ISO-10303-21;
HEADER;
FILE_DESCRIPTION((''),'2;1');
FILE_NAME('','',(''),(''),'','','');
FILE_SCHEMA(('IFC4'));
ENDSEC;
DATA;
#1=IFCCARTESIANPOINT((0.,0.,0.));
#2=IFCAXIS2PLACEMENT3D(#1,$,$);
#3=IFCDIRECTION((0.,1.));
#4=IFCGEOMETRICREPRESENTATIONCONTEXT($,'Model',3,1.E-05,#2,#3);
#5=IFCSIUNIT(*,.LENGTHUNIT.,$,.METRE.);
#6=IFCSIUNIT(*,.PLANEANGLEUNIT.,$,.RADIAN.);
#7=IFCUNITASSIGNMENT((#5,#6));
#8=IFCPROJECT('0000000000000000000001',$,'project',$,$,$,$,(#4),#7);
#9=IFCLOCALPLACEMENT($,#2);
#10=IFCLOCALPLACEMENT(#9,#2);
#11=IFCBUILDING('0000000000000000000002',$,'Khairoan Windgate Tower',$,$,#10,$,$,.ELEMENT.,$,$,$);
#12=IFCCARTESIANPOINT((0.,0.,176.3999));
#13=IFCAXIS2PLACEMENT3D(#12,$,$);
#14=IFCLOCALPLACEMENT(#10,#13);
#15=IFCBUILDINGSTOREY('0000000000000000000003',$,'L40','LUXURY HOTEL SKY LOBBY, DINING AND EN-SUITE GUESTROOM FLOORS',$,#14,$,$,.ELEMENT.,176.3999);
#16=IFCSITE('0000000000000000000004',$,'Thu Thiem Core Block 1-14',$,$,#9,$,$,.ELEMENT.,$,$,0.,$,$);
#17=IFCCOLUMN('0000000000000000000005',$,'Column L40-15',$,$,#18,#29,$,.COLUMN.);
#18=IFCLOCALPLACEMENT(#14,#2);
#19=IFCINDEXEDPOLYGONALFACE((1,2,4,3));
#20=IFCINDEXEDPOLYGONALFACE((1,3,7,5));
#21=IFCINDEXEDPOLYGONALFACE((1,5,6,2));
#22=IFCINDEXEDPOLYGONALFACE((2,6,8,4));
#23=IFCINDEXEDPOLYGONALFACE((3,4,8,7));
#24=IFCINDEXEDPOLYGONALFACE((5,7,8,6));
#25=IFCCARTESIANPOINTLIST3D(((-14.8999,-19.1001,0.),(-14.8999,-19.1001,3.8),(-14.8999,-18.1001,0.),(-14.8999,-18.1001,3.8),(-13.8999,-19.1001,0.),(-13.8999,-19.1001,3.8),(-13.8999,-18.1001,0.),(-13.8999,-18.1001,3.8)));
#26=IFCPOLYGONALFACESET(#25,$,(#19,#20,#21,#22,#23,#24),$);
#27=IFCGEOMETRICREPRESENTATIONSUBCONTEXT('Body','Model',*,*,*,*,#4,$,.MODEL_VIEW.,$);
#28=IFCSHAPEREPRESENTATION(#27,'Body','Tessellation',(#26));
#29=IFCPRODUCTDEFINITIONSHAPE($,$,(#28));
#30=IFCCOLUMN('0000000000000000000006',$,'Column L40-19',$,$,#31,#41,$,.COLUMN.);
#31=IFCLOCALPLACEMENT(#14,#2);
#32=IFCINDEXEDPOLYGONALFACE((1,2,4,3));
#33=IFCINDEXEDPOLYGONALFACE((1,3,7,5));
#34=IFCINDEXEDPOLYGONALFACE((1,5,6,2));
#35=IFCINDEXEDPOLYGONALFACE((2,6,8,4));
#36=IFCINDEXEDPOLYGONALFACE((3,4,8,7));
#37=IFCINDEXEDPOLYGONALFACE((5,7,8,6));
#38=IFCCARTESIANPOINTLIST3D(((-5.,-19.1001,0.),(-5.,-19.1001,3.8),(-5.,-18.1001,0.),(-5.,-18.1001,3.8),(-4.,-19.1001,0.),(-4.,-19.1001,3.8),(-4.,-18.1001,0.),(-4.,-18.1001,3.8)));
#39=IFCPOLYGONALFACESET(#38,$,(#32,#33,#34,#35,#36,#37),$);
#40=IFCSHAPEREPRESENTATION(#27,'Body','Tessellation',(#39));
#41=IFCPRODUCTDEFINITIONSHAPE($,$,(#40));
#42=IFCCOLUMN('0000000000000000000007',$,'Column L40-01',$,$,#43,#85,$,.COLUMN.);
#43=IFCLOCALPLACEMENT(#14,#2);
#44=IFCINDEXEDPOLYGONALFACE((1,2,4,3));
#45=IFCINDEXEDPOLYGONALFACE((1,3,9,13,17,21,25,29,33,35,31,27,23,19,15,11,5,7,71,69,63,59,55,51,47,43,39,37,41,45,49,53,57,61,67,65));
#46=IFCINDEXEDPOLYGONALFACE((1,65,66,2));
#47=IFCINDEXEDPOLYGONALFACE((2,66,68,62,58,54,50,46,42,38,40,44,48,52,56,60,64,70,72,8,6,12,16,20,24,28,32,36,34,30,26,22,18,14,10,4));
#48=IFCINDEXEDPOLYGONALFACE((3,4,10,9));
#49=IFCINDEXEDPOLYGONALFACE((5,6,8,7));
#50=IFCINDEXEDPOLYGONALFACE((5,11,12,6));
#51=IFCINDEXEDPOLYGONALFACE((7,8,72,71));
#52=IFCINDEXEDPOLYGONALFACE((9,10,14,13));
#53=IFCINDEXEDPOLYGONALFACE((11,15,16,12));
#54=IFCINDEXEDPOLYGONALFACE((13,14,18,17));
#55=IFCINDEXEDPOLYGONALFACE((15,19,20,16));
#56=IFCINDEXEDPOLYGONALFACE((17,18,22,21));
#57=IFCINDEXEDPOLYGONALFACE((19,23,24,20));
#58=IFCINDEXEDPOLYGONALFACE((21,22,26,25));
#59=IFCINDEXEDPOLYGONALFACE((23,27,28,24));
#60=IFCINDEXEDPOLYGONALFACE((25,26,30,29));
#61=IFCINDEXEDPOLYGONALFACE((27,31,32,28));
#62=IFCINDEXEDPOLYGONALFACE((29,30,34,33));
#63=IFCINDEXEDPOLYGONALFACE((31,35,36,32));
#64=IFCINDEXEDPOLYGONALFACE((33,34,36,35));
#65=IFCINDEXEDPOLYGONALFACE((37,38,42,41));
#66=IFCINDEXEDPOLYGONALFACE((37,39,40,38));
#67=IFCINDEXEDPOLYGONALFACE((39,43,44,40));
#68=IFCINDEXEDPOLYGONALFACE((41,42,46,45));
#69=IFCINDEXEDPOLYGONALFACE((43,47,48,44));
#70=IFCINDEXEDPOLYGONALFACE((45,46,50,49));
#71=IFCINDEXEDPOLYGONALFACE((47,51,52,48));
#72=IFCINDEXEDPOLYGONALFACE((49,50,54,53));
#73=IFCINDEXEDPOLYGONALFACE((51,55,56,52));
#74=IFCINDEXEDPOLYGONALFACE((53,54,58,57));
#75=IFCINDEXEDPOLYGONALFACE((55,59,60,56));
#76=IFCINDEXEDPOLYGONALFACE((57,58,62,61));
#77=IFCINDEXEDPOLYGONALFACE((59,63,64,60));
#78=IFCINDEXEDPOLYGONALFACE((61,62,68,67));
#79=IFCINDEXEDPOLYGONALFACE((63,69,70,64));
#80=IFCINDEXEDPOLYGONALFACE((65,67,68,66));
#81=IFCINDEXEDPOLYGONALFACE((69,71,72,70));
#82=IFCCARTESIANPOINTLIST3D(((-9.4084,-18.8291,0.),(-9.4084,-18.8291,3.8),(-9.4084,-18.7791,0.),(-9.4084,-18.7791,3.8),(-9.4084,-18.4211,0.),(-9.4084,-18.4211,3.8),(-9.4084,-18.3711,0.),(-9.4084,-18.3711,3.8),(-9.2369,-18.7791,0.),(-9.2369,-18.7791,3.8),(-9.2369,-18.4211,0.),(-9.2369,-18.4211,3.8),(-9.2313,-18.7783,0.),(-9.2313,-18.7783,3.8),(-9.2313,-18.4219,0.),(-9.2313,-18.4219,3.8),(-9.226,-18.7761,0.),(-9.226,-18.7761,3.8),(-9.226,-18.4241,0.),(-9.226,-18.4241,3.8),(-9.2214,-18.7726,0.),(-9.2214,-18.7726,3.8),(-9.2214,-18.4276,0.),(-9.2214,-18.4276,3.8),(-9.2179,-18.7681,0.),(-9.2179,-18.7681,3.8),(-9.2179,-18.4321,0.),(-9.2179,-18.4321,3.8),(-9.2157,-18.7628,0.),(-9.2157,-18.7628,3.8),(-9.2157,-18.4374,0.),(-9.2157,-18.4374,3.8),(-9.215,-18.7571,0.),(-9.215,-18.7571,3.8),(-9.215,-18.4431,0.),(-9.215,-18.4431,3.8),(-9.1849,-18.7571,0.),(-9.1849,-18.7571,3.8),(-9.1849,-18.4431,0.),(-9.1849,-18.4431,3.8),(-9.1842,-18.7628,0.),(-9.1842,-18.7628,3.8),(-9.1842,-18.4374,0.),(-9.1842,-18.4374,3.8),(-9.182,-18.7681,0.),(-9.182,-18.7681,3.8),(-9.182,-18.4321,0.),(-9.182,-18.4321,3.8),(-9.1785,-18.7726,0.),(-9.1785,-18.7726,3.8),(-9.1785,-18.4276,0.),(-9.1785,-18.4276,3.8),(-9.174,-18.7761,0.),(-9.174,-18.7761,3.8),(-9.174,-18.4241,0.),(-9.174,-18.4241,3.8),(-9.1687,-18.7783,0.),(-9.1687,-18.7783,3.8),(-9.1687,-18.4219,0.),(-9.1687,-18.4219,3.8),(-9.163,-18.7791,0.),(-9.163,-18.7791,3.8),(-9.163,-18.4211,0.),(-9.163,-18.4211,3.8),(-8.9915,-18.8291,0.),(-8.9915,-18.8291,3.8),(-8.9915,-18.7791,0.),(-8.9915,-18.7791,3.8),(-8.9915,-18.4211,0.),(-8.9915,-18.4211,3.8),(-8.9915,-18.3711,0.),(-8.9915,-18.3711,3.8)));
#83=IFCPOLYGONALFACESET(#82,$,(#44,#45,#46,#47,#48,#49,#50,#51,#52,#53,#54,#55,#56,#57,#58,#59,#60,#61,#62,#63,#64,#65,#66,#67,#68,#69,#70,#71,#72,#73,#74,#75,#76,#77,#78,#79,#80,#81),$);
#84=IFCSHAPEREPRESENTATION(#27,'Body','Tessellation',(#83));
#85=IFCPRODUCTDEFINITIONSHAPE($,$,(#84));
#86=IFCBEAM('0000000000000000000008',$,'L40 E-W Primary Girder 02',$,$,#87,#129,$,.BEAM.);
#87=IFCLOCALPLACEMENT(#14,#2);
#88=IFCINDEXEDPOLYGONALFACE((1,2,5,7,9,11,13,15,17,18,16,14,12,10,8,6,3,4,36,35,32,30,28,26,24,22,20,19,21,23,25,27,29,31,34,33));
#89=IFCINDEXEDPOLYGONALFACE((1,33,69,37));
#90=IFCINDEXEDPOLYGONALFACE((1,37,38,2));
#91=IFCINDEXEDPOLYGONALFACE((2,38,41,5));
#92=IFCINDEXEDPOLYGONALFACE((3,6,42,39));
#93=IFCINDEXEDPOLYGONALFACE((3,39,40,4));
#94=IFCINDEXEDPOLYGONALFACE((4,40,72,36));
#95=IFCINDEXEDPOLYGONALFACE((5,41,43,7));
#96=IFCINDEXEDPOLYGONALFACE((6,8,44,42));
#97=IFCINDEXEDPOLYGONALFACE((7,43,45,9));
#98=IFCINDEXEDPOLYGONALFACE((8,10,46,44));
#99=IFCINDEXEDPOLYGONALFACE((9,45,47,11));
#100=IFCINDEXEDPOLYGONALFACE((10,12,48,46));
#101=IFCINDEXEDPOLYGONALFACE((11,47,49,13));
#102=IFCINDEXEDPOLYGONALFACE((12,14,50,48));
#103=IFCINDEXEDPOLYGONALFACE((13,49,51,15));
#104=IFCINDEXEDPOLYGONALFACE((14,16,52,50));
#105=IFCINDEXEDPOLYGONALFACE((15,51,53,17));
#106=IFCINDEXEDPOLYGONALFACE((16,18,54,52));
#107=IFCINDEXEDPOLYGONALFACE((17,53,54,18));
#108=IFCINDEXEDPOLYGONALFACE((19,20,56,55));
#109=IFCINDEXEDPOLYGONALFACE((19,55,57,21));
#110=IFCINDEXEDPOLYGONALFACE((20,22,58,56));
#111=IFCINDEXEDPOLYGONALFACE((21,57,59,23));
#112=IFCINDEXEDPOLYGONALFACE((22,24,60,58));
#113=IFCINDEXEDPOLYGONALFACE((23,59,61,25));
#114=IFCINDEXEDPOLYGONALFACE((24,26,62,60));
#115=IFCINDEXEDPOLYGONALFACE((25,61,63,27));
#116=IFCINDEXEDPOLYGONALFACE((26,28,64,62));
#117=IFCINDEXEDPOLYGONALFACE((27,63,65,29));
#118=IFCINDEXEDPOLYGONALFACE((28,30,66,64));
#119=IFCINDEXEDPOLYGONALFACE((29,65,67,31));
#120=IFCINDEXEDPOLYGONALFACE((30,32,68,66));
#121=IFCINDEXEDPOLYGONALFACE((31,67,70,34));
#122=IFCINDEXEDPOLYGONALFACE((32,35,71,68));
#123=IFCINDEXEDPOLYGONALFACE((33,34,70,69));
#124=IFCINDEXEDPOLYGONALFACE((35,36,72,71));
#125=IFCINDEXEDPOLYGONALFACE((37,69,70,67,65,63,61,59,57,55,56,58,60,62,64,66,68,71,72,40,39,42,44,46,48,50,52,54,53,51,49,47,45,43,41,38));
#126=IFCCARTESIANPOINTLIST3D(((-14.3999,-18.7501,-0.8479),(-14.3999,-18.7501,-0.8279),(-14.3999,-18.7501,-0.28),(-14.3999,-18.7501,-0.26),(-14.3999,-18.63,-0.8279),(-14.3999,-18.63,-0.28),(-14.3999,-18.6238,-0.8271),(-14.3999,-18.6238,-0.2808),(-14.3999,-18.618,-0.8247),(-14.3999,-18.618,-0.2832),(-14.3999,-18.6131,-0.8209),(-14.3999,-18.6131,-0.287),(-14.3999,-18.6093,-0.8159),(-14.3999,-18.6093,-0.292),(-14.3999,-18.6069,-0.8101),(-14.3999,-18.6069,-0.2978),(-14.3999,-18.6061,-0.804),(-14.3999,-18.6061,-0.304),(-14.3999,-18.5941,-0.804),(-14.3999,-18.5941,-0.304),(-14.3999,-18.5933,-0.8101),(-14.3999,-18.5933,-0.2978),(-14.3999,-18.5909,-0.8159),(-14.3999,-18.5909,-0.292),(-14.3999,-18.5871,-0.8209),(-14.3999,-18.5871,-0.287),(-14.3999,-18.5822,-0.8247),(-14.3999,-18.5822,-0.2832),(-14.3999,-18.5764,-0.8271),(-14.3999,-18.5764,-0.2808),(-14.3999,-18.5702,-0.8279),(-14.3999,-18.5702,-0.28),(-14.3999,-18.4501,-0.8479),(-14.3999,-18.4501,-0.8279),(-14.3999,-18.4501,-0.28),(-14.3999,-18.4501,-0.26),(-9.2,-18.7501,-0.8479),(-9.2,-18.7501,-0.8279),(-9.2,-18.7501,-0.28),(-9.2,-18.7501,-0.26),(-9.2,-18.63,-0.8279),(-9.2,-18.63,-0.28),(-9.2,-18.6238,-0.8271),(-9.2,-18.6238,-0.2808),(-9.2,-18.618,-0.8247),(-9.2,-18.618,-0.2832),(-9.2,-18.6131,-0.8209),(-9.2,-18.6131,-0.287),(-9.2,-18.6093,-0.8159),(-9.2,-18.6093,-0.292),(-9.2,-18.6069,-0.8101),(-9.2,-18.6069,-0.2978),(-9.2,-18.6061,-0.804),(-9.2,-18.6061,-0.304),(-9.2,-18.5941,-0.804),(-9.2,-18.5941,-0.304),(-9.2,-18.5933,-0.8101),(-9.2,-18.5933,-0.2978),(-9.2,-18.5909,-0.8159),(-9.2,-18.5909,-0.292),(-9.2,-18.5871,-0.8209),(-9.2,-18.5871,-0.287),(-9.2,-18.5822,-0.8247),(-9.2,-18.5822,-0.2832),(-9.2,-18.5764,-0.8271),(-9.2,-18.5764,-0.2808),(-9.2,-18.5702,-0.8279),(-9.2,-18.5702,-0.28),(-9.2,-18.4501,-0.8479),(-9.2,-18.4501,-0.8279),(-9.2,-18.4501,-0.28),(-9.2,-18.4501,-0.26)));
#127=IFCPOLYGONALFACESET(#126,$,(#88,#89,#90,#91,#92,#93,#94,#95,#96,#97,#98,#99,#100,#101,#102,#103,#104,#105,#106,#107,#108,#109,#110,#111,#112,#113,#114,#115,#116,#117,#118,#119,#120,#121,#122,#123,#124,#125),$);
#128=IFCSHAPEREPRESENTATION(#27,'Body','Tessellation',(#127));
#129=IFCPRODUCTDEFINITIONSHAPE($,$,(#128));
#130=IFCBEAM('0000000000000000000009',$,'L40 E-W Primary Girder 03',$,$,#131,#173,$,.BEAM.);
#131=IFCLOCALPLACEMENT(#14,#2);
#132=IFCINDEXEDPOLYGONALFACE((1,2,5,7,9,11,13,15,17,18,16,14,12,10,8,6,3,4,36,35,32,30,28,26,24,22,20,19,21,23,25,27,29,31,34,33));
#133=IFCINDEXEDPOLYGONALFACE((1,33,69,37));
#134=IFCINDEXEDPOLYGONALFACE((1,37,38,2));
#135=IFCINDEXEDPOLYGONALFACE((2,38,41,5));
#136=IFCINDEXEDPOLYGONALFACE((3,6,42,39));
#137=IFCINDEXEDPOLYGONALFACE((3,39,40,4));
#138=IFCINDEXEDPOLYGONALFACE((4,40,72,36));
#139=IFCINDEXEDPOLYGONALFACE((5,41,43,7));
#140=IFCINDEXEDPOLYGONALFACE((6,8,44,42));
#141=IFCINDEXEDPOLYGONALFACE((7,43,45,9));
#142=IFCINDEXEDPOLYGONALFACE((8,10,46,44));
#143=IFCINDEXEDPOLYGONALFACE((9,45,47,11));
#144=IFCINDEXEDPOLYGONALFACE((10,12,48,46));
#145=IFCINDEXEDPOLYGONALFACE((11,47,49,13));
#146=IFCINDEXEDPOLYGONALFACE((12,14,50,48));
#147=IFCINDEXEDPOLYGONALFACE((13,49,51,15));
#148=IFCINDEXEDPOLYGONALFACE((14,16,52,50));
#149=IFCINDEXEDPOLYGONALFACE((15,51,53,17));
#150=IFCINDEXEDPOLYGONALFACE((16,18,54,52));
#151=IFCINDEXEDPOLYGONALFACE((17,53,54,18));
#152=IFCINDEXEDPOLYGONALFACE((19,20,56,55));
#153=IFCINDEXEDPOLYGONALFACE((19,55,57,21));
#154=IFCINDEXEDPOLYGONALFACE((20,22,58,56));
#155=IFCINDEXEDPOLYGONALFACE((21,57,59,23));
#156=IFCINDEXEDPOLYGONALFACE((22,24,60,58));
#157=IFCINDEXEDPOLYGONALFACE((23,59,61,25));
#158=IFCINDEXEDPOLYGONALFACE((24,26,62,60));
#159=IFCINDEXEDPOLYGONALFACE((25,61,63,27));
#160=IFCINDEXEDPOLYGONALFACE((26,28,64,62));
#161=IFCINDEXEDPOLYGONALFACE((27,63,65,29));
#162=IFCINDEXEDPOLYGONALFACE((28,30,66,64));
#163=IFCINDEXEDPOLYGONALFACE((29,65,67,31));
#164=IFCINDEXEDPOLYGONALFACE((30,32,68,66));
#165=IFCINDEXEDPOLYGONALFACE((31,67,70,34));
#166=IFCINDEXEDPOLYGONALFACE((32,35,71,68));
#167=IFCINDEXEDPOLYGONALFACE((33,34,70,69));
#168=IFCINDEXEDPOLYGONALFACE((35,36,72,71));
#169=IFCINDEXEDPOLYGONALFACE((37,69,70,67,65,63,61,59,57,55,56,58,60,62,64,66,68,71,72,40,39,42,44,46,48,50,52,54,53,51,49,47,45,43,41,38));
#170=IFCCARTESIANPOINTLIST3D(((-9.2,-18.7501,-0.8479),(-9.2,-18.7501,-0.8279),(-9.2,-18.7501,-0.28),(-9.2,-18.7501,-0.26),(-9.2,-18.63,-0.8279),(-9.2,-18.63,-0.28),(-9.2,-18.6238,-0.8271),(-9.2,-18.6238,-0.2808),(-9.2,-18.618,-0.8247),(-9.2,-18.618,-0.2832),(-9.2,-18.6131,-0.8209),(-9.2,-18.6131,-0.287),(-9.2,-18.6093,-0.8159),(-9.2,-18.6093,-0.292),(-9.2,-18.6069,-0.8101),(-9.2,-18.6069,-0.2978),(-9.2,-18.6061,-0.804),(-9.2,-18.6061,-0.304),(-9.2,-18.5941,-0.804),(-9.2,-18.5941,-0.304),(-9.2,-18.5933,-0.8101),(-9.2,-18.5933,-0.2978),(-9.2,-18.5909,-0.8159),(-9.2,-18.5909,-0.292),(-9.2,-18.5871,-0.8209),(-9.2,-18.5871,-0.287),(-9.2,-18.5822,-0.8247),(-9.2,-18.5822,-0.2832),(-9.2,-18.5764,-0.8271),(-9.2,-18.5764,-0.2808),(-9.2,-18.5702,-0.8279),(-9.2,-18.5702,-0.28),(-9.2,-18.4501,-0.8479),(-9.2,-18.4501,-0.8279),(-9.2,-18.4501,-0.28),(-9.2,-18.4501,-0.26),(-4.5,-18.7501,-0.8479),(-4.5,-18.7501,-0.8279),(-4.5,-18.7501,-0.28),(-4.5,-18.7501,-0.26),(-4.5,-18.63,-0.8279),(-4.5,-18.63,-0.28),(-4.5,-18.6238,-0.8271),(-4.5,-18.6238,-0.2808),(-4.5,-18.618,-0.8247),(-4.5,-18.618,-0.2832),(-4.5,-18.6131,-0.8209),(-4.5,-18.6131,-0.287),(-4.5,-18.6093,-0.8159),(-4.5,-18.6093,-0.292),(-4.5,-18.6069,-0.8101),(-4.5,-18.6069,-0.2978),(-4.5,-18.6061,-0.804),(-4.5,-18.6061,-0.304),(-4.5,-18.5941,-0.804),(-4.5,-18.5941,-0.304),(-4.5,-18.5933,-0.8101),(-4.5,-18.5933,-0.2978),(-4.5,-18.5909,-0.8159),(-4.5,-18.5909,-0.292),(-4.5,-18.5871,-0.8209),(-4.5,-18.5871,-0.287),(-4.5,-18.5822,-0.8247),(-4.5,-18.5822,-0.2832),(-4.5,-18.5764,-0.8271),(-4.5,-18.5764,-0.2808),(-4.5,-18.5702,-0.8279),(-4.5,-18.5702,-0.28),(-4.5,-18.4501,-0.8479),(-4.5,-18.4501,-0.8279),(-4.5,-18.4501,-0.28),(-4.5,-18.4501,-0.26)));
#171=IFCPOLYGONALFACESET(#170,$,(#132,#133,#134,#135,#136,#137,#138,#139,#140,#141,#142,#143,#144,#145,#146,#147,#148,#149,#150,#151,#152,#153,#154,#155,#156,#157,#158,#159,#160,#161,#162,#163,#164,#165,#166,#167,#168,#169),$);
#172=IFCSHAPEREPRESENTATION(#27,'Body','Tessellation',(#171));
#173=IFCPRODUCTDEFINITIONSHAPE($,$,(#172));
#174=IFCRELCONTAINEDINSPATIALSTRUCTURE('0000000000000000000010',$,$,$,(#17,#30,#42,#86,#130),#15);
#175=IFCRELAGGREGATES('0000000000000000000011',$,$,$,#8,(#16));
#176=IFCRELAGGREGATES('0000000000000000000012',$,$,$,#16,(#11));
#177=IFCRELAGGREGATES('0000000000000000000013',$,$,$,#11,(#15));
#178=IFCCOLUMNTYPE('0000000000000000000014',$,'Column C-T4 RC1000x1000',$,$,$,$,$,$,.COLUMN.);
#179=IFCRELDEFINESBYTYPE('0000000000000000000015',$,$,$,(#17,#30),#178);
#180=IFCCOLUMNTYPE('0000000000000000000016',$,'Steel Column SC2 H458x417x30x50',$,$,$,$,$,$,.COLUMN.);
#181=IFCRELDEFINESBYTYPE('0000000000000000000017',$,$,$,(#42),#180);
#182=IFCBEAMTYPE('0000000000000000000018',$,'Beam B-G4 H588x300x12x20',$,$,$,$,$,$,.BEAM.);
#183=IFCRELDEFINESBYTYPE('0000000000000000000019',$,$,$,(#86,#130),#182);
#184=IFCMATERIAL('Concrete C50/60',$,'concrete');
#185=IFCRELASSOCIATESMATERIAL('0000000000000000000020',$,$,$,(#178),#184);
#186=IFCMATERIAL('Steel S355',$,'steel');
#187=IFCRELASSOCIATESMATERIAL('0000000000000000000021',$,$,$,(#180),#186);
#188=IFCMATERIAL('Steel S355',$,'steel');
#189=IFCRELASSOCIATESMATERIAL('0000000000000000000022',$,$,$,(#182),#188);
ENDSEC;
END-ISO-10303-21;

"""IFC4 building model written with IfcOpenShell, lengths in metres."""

from ifc_helpers import new_model, si_unit, direction, frame, origin, origin_2d, place, context, subcontext, project, spatial, rectangle, i_section, extrude, material, material_profile, profile_set, type_object, element, save


model = new_model("IFC4")

# Units and contexts
model_context = context("Model", 3, precision=1e-05, world=origin(), true_north=direction((0.0, 1.0)))
body_context = subcontext(model_context, "Body", "Model", "MODEL_VIEW")
ifc_project = project(units=[si_unit("LENGTHUNIT", "METRE"), si_unit("PLANEANGLEUNIT", "RADIAN")], contexts=[model_context])

# Site, building, storey
site_placement = place(None, origin())
site = spatial("IfcSite", under=ifc_project, at=site_placement, Name="Thu Thiem Core Block 1-14", CompositionType="ELEMENT", RefElevation=0.0)
building_placement = place(site_placement, origin())
building = spatial("IfcBuilding", under=site, at=building_placement, Name="Khairoan Windgate Tower", CompositionType="ELEMENT")
storey_placement = place(building_placement, frame((0.0, 0.0, 176.3999)))
storey = spatial("IfcBuildingStorey", under=building, at=storey_placement, Name="L40", Description="LUXURY HOTEL SKY LOBBY, DINING AND EN-SUITE GUESTROOM FLOORS", CompositionType="ELEMENT", Elevation=176.3999)

# Columns
ifc_material_1 = material(Name="Concrete C50/60", Category="concrete")
ifc_material_profile_1 = material_profile(ifc_material_1, rectangle(XDim=1.0, YDim=1.0, at=origin_2d()))
ifc_profile_set_1 = profile_set([ifc_material_profile_1], Name="Concrete C50/60")
column_type_1 = type_object("IfcColumnType", Name="Column C-T4 RC1000x1000", PredefinedType="COLUMN", material=ifc_profile_set_1)
for number, where, z_axis, x_axis, name in (
    (1, (-14.3999, -18.6001, 0.0), (0.0, 0.0, 1.0), (1.0, 0.0, 0.0), "Column L40-15"),
    (2, (-4.5, -18.6001, 0.0), (0.0, 0.0, 1.0), (1.0, 0.0, 0.0), "Column L40-19"),
):
    element("IfcColumn", number, at=place(storey_placement, frame(where, z_axis=z_axis, x_axis=x_axis)), inside=storey, type_object=column_type_1, Name=name, PredefinedType="COLUMN", context=body_context, shape_type="SweptSolid", body=[
        extrude(rectangle(XDim=1.0, YDim=1.0, at=origin_2d()), origin(), (0.0, 0.0, 1.0), 3.8),
    ])
ifc_material_2 = material(Name="Steel S355", Category="steel")
ifc_material_profile_2 = material_profile(ifc_material_2, i_section(OverallWidth=0.417, OverallDepth=0.458, WebThickness=0.03, FlangeThickness=0.05, FilletRadius=0.022, at=origin_2d()))
ifc_profile_set_2 = profile_set([ifc_material_profile_2], Name="Steel S355")
column_type_2 = type_object("IfcColumnType", Name="Steel Column SC2 H458x417x30x50", PredefinedType="COLUMN", material=ifc_profile_set_2)
column_placement = place(storey_placement, frame((-9.2, -18.6001, 0.0), z_axis=(0.0, 0.0, 1.0), x_axis=(1.0, 0.0, 0.0)))
element("IfcColumn", 3, at=column_placement, inside=storey, type_object=column_type_2, Name="Column L40-01", PredefinedType="COLUMN", context=body_context, shape_type="SweptSolid", body=[
    extrude(i_section(OverallWidth=0.417, OverallDepth=0.458, WebThickness=0.03, FlangeThickness=0.05, FilletRadius=0.022, at=origin_2d()), origin(), (0.0, 0.0, 1.0), 3.8),
])

# Beams
ifc_material_3 = material(Name="Steel S355", Category="steel")
ifc_material_profile_3 = material_profile(ifc_material_3, i_section(OverallWidth=0.3, OverallDepth=0.5879, WebThickness=0.012, FlangeThickness=0.02, FilletRadius=0.0239, at=origin_2d()))
ifc_profile_set_3 = profile_set([ifc_material_profile_3], Name="Steel S355")
beam_type_1 = type_object("IfcBeamType", Name="Beam B-G4 H588x300x12x20", PredefinedType="BEAM", material=ifc_profile_set_3)
beam_1_placement = place(storey_placement, frame((-14.3999, -18.6001, -0.554), z_axis=(1.0, 0.0, 0.0), x_axis=(0.0, 1.0, 0.0)))
element("IfcBeam", 4, at=beam_1_placement, inside=storey, type_object=beam_type_1, Name="L40 E-W Primary Girder 02", PredefinedType="BEAM", context=body_context, shape_type="SweptSolid", body=[
    extrude(i_section(OverallWidth=0.3, OverallDepth=0.5879, WebThickness=0.012, FlangeThickness=0.02, FilletRadius=0.0239, at=origin_2d()), origin(), (0.0, 0.0, 1.0), 5.2),
])
beam_2_placement = place(storey_placement, frame((-9.2, -18.6001, -0.554), z_axis=(1.0, 0.0, 0.0), x_axis=(0.0, 1.0, 0.0)))
element("IfcBeam", 5, at=beam_2_placement, inside=storey, type_object=beam_type_1, Name="L40 E-W Primary Girder 03", PredefinedType="BEAM", context=body_context, shape_type="SweptSolid", body=[
    extrude(i_section(OverallWidth=0.3, OverallDepth=0.5879, WebThickness=0.012, FlangeThickness=0.02, FilletRadius=0.0239, at=origin_2d()), origin(), (0.0, 0.0, 1.0), 4.7),
])

save(model, "model.ifc")
